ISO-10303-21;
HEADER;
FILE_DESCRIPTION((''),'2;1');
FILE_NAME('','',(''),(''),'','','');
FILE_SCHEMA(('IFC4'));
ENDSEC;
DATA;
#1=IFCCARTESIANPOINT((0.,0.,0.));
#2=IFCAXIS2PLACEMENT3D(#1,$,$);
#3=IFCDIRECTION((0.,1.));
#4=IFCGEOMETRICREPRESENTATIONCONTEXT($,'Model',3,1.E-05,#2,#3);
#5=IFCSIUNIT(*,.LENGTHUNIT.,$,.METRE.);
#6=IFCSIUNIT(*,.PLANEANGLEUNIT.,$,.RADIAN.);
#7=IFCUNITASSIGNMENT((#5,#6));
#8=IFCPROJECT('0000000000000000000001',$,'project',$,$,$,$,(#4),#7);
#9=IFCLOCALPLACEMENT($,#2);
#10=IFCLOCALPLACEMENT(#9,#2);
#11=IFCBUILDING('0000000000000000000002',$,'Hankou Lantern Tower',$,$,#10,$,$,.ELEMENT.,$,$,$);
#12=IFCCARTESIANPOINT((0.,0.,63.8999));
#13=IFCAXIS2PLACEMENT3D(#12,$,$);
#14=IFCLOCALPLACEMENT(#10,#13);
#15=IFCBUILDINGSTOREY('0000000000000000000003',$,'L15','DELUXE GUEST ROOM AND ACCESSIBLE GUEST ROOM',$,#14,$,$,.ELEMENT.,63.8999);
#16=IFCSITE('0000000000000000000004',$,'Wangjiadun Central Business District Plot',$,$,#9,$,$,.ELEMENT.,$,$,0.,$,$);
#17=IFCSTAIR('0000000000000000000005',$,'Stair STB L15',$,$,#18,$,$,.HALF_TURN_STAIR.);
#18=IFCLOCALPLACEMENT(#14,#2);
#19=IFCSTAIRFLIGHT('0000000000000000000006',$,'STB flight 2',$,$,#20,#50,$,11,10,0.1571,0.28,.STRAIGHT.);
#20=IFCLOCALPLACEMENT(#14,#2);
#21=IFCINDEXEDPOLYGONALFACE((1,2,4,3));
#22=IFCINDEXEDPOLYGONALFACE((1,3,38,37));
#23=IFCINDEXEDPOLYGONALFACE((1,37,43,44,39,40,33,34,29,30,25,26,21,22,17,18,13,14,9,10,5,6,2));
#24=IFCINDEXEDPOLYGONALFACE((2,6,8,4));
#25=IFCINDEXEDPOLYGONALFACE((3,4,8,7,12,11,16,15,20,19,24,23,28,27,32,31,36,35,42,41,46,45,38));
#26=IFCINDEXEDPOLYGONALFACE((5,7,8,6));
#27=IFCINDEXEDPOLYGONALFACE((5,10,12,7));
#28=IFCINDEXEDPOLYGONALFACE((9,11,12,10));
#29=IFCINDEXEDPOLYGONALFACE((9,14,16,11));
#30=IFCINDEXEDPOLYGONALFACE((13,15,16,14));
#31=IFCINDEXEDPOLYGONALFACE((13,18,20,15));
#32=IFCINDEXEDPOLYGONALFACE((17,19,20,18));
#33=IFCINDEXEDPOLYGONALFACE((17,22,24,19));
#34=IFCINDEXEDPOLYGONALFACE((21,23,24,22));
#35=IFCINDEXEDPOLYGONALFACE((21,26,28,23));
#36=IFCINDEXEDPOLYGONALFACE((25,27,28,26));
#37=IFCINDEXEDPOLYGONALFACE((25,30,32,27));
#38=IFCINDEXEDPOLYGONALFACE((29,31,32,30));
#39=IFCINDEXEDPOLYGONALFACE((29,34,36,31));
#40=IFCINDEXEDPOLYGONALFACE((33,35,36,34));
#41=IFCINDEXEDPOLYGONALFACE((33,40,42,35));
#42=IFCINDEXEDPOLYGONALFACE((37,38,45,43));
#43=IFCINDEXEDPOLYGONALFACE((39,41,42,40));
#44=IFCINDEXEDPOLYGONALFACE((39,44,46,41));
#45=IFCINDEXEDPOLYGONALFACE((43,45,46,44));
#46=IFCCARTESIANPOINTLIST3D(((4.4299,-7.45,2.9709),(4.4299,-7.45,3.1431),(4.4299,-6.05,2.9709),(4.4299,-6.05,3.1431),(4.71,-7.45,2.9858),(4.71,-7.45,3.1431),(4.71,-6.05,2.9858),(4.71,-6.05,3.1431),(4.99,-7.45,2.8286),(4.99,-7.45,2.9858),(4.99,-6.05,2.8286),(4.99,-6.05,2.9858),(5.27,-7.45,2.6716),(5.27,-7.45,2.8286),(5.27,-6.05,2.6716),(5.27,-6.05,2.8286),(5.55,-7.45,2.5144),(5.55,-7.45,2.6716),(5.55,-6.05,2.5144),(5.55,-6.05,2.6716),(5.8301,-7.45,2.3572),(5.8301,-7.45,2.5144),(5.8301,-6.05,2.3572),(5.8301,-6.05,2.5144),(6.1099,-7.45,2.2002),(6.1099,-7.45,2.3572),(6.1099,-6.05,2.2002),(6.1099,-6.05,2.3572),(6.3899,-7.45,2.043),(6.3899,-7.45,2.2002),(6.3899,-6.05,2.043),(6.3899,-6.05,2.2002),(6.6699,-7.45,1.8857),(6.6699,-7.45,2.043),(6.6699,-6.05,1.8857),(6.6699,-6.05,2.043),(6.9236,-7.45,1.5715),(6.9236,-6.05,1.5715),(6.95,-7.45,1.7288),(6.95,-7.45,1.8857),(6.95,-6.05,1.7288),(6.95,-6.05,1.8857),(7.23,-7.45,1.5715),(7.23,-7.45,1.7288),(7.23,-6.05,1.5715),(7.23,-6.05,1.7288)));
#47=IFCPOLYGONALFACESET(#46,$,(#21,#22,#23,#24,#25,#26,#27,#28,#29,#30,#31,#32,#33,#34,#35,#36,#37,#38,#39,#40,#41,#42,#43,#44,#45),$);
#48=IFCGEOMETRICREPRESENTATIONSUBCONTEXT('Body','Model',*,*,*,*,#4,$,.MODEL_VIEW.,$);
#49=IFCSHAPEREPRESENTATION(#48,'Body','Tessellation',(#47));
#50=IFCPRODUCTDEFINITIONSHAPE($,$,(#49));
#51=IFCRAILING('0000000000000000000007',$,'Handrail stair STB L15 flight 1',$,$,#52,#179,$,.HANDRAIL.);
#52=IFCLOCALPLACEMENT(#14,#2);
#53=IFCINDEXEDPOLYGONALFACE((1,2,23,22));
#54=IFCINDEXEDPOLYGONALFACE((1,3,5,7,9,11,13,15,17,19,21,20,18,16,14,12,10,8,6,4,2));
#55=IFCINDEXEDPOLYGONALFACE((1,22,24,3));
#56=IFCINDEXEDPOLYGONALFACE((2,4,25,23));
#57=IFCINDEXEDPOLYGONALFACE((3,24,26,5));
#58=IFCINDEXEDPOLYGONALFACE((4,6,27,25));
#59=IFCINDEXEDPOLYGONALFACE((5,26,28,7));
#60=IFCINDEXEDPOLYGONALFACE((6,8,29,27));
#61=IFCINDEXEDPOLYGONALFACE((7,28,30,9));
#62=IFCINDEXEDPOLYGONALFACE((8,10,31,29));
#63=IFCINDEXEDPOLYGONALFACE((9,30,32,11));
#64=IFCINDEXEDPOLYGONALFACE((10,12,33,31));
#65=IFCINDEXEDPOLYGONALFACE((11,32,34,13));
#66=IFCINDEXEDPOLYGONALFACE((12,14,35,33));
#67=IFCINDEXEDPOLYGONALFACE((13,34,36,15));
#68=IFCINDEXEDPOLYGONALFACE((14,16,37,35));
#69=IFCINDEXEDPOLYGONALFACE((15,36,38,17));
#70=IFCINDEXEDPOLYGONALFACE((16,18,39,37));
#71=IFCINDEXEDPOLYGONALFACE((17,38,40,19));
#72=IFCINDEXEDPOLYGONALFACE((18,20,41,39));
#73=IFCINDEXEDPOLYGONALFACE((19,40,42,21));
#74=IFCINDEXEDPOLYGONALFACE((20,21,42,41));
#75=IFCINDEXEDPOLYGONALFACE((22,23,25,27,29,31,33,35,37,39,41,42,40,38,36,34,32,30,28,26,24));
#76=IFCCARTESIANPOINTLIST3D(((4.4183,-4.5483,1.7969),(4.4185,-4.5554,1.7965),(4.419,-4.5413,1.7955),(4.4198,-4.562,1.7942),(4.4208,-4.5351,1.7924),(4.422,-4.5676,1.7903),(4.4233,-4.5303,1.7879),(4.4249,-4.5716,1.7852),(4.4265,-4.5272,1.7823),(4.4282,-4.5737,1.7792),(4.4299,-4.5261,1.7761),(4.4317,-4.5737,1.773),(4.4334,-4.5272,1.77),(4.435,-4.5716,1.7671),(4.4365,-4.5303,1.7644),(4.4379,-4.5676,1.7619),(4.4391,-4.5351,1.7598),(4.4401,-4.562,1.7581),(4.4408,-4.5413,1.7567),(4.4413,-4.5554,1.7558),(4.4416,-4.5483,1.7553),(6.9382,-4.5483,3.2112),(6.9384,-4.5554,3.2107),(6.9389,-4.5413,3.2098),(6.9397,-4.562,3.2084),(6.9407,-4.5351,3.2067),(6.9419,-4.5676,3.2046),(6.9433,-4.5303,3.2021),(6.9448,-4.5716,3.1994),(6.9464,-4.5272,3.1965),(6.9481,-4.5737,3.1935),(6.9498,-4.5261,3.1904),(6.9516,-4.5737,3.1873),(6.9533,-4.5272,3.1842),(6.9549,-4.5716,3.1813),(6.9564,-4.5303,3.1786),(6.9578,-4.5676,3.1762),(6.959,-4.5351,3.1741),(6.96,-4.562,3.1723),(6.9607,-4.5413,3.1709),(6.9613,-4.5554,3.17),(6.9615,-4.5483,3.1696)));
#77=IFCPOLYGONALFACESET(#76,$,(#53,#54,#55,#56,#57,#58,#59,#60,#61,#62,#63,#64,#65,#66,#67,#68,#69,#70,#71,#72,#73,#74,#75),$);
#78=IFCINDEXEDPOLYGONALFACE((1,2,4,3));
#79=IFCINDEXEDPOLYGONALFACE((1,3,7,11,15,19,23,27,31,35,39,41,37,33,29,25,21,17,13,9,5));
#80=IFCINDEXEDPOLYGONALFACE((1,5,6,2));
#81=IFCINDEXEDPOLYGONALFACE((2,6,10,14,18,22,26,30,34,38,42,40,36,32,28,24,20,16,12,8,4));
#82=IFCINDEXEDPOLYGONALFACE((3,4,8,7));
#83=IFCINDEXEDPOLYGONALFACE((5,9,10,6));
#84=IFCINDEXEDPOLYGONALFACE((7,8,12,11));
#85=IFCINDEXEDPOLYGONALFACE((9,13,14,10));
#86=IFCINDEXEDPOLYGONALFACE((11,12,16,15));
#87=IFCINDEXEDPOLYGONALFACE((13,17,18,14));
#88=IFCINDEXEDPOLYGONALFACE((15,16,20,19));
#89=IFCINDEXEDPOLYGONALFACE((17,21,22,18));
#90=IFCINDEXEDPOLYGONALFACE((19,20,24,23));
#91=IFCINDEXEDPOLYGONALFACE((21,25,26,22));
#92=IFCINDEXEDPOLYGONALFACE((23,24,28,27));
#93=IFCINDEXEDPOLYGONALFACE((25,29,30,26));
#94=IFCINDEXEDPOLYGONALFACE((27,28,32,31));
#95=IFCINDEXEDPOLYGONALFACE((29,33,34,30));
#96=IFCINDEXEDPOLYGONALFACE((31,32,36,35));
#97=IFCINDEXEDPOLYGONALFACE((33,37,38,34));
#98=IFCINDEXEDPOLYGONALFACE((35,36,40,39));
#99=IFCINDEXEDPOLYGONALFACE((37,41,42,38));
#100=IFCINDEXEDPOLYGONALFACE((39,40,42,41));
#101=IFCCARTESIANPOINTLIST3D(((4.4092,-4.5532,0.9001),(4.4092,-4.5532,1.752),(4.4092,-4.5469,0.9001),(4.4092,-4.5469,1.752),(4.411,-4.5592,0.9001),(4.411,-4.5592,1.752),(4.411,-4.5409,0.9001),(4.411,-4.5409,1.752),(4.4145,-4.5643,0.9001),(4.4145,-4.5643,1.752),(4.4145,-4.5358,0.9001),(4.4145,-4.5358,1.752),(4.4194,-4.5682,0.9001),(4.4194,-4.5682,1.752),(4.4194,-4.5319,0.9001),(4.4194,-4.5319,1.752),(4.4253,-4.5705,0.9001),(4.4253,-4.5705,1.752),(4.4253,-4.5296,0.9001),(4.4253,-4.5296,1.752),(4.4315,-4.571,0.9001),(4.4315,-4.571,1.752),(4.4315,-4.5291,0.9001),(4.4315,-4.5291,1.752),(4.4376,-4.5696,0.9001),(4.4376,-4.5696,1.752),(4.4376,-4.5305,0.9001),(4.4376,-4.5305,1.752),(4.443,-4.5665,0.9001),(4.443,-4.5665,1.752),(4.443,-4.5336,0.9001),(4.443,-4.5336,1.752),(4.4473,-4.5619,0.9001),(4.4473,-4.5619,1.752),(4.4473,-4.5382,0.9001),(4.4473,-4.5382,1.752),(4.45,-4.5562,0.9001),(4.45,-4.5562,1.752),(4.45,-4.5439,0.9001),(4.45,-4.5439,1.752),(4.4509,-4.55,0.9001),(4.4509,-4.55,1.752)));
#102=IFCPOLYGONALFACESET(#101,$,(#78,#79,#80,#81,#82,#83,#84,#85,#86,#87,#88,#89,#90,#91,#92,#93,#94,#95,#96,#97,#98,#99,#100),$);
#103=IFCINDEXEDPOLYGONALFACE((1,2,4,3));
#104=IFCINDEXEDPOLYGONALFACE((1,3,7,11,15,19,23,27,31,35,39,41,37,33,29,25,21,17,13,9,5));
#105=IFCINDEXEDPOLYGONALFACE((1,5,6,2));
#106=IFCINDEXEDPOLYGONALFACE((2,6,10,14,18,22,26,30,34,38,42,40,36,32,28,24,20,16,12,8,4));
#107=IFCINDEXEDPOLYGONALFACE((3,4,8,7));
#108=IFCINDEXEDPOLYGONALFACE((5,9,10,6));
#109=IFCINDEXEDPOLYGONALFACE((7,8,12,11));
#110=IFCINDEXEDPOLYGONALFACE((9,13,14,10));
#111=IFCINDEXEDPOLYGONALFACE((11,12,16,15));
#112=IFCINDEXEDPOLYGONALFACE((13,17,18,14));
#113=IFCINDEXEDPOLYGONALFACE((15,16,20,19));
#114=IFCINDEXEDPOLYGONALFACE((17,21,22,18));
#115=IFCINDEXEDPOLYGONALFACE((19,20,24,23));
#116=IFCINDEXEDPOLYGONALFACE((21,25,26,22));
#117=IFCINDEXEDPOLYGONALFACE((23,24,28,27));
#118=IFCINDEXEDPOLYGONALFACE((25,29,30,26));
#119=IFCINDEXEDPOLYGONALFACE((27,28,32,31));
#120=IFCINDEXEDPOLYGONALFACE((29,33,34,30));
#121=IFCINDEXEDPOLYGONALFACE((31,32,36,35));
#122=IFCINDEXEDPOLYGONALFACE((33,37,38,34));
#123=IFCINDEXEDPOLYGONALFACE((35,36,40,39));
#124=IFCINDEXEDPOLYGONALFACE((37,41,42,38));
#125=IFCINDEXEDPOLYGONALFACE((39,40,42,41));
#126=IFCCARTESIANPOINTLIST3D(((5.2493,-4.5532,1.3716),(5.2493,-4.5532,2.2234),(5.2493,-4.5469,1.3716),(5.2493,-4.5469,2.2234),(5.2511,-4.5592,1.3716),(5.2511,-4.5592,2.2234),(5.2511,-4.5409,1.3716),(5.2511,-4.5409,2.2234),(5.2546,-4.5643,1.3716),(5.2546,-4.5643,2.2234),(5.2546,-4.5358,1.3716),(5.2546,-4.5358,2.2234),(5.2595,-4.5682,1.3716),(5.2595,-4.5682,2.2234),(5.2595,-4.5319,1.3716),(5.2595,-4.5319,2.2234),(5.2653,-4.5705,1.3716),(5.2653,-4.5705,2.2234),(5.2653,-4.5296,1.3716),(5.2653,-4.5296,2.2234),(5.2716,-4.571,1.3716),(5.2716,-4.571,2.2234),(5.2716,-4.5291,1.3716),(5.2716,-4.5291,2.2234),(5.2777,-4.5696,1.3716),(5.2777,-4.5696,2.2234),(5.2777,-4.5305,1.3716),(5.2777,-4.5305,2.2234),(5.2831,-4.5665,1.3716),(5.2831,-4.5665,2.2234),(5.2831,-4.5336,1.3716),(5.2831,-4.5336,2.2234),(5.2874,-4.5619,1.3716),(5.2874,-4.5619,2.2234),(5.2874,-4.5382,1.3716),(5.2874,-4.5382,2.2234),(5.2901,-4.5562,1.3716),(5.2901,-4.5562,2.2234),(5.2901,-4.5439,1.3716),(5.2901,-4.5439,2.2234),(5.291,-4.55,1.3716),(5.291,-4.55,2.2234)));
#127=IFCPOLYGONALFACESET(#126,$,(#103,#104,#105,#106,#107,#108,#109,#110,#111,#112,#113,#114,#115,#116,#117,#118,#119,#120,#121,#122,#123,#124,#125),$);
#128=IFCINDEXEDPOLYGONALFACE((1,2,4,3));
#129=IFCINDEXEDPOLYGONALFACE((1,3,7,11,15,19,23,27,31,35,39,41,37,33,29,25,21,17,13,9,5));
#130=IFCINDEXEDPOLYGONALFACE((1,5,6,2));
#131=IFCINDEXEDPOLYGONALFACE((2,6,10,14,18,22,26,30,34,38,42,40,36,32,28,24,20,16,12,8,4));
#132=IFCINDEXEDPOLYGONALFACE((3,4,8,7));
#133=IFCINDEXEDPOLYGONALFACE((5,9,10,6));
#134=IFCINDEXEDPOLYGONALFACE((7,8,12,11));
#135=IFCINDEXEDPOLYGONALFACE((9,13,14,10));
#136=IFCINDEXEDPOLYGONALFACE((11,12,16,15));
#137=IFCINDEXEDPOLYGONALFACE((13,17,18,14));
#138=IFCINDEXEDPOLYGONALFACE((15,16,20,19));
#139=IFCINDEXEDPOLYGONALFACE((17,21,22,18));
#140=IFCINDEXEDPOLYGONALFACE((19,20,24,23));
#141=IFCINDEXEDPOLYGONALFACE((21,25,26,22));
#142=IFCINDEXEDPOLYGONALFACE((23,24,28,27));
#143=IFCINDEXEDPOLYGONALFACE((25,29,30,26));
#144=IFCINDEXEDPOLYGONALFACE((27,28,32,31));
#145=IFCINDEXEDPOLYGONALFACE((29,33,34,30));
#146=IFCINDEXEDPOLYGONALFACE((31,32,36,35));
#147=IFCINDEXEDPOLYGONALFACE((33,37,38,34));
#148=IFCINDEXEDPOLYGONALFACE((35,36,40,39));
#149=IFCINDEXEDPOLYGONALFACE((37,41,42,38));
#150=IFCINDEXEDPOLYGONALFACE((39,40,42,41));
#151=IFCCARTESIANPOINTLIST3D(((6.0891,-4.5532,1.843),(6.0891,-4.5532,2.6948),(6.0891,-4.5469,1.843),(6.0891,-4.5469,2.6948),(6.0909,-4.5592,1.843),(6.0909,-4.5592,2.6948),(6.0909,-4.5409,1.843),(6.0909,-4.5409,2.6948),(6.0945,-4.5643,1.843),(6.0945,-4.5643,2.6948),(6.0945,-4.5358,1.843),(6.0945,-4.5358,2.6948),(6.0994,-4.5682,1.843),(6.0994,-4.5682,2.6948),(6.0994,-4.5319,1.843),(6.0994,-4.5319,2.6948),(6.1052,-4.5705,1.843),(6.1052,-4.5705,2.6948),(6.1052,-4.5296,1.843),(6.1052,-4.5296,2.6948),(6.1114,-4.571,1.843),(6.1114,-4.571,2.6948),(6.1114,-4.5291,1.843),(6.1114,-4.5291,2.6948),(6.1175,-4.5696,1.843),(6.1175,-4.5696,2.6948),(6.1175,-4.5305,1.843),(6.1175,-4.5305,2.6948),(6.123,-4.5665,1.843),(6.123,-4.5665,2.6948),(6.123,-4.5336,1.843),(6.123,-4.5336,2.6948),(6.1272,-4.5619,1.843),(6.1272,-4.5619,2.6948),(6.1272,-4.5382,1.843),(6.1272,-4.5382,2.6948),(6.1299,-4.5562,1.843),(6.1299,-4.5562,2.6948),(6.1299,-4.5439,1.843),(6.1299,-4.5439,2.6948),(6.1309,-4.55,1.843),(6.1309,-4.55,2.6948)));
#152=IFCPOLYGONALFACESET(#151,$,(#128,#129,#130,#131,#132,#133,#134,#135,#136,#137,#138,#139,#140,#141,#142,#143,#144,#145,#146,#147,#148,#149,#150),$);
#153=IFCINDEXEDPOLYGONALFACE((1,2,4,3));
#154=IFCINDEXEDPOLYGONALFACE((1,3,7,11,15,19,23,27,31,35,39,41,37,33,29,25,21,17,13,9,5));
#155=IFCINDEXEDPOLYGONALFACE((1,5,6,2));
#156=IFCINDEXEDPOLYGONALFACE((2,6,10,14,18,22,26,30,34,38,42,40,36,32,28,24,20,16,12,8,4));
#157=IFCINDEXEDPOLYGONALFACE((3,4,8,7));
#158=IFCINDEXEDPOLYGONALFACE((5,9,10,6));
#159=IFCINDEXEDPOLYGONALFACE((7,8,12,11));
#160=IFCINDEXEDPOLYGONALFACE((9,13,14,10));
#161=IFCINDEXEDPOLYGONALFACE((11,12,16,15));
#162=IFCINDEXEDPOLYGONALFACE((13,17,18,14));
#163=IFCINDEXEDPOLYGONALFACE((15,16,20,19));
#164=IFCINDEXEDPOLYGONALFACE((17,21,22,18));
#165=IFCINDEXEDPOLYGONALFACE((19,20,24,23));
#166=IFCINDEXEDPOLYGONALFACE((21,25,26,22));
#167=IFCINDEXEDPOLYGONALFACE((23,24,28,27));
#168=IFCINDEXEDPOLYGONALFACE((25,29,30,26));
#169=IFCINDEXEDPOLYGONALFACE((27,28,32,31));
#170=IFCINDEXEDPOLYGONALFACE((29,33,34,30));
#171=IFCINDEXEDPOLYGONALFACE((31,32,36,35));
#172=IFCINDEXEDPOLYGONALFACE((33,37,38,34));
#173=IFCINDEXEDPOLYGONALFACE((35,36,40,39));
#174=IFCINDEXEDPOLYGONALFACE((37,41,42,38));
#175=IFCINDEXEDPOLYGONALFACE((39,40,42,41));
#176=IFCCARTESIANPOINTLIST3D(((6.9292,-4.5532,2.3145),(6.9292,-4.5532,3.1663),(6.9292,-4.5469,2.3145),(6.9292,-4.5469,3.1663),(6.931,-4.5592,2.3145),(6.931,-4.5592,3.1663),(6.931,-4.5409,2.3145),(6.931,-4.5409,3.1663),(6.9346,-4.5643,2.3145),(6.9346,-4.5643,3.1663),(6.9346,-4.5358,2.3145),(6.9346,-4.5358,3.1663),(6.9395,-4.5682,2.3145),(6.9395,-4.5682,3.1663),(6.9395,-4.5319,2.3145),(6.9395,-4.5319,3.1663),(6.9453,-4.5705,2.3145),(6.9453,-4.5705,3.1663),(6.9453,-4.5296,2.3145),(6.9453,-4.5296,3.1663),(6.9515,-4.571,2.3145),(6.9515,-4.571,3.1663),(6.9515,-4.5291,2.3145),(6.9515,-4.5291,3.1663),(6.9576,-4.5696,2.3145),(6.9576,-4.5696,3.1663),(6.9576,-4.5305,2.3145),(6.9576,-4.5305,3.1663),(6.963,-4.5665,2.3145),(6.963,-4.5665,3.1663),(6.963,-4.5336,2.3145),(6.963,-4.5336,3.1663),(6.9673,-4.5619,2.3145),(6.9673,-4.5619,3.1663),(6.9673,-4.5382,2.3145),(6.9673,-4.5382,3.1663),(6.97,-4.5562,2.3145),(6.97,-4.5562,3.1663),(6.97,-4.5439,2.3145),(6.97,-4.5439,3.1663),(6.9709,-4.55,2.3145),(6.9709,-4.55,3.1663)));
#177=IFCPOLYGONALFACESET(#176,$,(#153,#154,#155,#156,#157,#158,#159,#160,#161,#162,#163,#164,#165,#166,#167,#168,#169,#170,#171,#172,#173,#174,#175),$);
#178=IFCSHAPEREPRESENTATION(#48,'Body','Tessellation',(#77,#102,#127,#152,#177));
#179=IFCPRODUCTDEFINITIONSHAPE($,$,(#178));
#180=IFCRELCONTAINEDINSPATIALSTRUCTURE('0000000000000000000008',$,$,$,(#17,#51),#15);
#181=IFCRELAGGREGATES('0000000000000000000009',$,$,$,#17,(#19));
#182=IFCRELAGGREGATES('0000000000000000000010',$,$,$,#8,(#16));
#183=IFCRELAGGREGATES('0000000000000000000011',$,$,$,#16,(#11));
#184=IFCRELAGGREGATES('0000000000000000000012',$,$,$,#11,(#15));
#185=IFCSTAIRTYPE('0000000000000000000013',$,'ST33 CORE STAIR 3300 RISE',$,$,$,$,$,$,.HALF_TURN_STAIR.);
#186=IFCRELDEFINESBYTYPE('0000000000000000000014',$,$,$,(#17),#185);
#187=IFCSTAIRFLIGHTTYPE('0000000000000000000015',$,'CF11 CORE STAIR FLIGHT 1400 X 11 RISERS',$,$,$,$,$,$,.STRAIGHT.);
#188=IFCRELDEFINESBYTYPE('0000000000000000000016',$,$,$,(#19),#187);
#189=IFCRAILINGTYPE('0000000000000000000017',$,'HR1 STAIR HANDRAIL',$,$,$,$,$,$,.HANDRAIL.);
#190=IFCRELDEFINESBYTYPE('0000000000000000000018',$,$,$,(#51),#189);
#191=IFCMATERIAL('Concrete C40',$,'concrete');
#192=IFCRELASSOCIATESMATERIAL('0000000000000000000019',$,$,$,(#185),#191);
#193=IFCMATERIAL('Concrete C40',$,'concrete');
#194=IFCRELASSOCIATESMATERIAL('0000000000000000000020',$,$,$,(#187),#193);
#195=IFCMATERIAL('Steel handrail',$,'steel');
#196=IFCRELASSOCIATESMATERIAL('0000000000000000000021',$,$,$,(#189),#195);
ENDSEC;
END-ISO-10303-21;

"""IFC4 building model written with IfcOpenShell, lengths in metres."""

from ifc_helpers import new_model, si_unit, direction, frame, origin, origin_2d, place, context, subcontext, project, spatial, polyline, circle, outline, extrude, material, type_object, element, aggregate, save


model = new_model("IFC4")

# Units and contexts
model_context = context("Model", 3, precision=1e-05, world=origin(), true_north=direction((0.0, 1.0)))
body_context = subcontext(model_context, "Body", "Model", "MODEL_VIEW")
ifc_project = project(units=[si_unit("LENGTHUNIT", "METRE"), si_unit("PLANEANGLEUNIT", "RADIAN")], contexts=[model_context])

# Site, building, storey
site_placement = place(None, origin())
site = spatial("IfcSite", under=ifc_project, at=site_placement, Name="Wangjiadun Central Business District Plot", CompositionType="ELEMENT", RefElevation=0.0)
building_placement = place(site_placement, origin())
building = spatial("IfcBuilding", under=site, at=building_placement, Name="Hankou Lantern Tower", CompositionType="ELEMENT")
storey_placement = place(building_placement, frame((0.0, 0.0, 63.8999)))
storey = spatial("IfcBuildingStorey", under=building, at=storey_placement, Name="L15", Description="DELUXE GUEST ROOM AND ACCESSIBLE GUEST ROOM", CompositionType="ELEMENT", Elevation=63.8999)

# Stair, stair flight
ifc_material_1 = material(Name="Concrete C40", Category="concrete")
stair_type = type_object("IfcStairType", Name="ST33 CORE STAIR 3300 RISE", PredefinedType="HALF_TURN_STAIR", material=ifc_material_1)
stair_placement = place(storey_placement, origin())
stair = element("IfcStair", 1, at=stair_placement, inside=storey, type_object=stair_type, Name="Stair STB L15", PredefinedType="HALF_TURN_STAIR")
ifc_material_2 = material(Name="Concrete C40", Category="concrete")
stair_flight_type_1 = type_object("IfcStairFlightType", Name="CF11 CORE STAIR FLIGHT 1400 X 11 RISERS", PredefinedType="STRAIGHT", material=ifc_material_2)
stair_flight_1_placement = place(storey_placement, frame((7.23, -6.75, 1.5715), z_axis=(0.0, 0.0, 1.0), x_axis=(-1.0, 0.0, 0.0)))
stair_flight_1 = element("IfcStairFlight", 2, at=stair_flight_1_placement, type_object=stair_flight_type_1, Name="STB flight 2", NumberOfRisers=11, NumberOfTreads=10, PredefinedType="STRAIGHT", RiserHeight=0.1571, TreadLength=0.28, context=body_context, shape_type="SweptSolid", body=[
    extrude(outline(polyline([(0.0, 0.0), (0.0, 0.1572), (0.28, 0.1572), (0.28, 0.3142), (0.5601, 0.3142), (0.5601, 0.4714), (0.8401, 0.4714), (0.8401, 0.6287), (1.1201, 0.6287), (1.1201, 0.7856), (1.3999, 0.7856), (1.3999, 0.9429), (1.6799, 0.9429), (1.6799, 1.1001), (1.96, 1.1001), (1.96, 1.2571), (2.24, 1.2571), (2.24, 1.4143), (2.52, 1.4143), (2.52, 1.5715), (2.8, 1.5715), (2.8, 1.7285), (2.8, 1.3994), (0.3064, 0.0), (0.0, 0.0)])), frame((0.0, 0.7, 0.0), z_axis=(0.0, -1.0, 0.0), x_axis=(1.0, 0.0, 0.0)), (0.0, 0.0, 1.0), 1.3999),
])
aggregate(stair, [stair_flight_1])

# Railing
ifc_material_3 = material(Name="Steel handrail", Category="steel")
railing_type = type_object("IfcRailingType", Name="HR1 STAIR HANDRAIL", PredefinedType="HANDRAIL", material=ifc_material_3)
railing_1_placement = place(storey_placement, frame((4.4299, -4.55, 0.9001)))
element("IfcRailing", 3, at=railing_1_placement, inside=storey, type_object=railing_type, Name="Handrail stair STB L15 flight 1", PredefinedType="HANDRAIL", context=body_context, shape_type="SweptSolid", body=[
    extrude(circle(Radius=0.0239, at=origin_2d()), frame((0.0, 0.0, 0.876), z_axis=(0.872049, 0.0, 0.489419), x_axis=(0.0, 1.0, 0.0)), (0.0, 0.0, 1.0), 2.8896),
    extrude(circle(Radius=0.021, at=origin_2d()), origin(), (0.0, 0.0, 1.0), 0.8518),
    extrude(circle(Radius=0.021, at=origin_2d()), frame((0.8401, 0.0, 0.4714)), (0.0, 0.0, 1.0), 0.8518),
    extrude(circle(Radius=0.021, at=origin_2d()), frame((1.6799, 0.0, 0.9429)), (0.0, 0.0, 1.0), 0.8518),
    extrude(circle(Radius=0.021, at=origin_2d()), frame((2.52, 0.0, 1.4143)), (0.0, 0.0, 1.0), 0.8518),
])

save(model, "model.ifc")
